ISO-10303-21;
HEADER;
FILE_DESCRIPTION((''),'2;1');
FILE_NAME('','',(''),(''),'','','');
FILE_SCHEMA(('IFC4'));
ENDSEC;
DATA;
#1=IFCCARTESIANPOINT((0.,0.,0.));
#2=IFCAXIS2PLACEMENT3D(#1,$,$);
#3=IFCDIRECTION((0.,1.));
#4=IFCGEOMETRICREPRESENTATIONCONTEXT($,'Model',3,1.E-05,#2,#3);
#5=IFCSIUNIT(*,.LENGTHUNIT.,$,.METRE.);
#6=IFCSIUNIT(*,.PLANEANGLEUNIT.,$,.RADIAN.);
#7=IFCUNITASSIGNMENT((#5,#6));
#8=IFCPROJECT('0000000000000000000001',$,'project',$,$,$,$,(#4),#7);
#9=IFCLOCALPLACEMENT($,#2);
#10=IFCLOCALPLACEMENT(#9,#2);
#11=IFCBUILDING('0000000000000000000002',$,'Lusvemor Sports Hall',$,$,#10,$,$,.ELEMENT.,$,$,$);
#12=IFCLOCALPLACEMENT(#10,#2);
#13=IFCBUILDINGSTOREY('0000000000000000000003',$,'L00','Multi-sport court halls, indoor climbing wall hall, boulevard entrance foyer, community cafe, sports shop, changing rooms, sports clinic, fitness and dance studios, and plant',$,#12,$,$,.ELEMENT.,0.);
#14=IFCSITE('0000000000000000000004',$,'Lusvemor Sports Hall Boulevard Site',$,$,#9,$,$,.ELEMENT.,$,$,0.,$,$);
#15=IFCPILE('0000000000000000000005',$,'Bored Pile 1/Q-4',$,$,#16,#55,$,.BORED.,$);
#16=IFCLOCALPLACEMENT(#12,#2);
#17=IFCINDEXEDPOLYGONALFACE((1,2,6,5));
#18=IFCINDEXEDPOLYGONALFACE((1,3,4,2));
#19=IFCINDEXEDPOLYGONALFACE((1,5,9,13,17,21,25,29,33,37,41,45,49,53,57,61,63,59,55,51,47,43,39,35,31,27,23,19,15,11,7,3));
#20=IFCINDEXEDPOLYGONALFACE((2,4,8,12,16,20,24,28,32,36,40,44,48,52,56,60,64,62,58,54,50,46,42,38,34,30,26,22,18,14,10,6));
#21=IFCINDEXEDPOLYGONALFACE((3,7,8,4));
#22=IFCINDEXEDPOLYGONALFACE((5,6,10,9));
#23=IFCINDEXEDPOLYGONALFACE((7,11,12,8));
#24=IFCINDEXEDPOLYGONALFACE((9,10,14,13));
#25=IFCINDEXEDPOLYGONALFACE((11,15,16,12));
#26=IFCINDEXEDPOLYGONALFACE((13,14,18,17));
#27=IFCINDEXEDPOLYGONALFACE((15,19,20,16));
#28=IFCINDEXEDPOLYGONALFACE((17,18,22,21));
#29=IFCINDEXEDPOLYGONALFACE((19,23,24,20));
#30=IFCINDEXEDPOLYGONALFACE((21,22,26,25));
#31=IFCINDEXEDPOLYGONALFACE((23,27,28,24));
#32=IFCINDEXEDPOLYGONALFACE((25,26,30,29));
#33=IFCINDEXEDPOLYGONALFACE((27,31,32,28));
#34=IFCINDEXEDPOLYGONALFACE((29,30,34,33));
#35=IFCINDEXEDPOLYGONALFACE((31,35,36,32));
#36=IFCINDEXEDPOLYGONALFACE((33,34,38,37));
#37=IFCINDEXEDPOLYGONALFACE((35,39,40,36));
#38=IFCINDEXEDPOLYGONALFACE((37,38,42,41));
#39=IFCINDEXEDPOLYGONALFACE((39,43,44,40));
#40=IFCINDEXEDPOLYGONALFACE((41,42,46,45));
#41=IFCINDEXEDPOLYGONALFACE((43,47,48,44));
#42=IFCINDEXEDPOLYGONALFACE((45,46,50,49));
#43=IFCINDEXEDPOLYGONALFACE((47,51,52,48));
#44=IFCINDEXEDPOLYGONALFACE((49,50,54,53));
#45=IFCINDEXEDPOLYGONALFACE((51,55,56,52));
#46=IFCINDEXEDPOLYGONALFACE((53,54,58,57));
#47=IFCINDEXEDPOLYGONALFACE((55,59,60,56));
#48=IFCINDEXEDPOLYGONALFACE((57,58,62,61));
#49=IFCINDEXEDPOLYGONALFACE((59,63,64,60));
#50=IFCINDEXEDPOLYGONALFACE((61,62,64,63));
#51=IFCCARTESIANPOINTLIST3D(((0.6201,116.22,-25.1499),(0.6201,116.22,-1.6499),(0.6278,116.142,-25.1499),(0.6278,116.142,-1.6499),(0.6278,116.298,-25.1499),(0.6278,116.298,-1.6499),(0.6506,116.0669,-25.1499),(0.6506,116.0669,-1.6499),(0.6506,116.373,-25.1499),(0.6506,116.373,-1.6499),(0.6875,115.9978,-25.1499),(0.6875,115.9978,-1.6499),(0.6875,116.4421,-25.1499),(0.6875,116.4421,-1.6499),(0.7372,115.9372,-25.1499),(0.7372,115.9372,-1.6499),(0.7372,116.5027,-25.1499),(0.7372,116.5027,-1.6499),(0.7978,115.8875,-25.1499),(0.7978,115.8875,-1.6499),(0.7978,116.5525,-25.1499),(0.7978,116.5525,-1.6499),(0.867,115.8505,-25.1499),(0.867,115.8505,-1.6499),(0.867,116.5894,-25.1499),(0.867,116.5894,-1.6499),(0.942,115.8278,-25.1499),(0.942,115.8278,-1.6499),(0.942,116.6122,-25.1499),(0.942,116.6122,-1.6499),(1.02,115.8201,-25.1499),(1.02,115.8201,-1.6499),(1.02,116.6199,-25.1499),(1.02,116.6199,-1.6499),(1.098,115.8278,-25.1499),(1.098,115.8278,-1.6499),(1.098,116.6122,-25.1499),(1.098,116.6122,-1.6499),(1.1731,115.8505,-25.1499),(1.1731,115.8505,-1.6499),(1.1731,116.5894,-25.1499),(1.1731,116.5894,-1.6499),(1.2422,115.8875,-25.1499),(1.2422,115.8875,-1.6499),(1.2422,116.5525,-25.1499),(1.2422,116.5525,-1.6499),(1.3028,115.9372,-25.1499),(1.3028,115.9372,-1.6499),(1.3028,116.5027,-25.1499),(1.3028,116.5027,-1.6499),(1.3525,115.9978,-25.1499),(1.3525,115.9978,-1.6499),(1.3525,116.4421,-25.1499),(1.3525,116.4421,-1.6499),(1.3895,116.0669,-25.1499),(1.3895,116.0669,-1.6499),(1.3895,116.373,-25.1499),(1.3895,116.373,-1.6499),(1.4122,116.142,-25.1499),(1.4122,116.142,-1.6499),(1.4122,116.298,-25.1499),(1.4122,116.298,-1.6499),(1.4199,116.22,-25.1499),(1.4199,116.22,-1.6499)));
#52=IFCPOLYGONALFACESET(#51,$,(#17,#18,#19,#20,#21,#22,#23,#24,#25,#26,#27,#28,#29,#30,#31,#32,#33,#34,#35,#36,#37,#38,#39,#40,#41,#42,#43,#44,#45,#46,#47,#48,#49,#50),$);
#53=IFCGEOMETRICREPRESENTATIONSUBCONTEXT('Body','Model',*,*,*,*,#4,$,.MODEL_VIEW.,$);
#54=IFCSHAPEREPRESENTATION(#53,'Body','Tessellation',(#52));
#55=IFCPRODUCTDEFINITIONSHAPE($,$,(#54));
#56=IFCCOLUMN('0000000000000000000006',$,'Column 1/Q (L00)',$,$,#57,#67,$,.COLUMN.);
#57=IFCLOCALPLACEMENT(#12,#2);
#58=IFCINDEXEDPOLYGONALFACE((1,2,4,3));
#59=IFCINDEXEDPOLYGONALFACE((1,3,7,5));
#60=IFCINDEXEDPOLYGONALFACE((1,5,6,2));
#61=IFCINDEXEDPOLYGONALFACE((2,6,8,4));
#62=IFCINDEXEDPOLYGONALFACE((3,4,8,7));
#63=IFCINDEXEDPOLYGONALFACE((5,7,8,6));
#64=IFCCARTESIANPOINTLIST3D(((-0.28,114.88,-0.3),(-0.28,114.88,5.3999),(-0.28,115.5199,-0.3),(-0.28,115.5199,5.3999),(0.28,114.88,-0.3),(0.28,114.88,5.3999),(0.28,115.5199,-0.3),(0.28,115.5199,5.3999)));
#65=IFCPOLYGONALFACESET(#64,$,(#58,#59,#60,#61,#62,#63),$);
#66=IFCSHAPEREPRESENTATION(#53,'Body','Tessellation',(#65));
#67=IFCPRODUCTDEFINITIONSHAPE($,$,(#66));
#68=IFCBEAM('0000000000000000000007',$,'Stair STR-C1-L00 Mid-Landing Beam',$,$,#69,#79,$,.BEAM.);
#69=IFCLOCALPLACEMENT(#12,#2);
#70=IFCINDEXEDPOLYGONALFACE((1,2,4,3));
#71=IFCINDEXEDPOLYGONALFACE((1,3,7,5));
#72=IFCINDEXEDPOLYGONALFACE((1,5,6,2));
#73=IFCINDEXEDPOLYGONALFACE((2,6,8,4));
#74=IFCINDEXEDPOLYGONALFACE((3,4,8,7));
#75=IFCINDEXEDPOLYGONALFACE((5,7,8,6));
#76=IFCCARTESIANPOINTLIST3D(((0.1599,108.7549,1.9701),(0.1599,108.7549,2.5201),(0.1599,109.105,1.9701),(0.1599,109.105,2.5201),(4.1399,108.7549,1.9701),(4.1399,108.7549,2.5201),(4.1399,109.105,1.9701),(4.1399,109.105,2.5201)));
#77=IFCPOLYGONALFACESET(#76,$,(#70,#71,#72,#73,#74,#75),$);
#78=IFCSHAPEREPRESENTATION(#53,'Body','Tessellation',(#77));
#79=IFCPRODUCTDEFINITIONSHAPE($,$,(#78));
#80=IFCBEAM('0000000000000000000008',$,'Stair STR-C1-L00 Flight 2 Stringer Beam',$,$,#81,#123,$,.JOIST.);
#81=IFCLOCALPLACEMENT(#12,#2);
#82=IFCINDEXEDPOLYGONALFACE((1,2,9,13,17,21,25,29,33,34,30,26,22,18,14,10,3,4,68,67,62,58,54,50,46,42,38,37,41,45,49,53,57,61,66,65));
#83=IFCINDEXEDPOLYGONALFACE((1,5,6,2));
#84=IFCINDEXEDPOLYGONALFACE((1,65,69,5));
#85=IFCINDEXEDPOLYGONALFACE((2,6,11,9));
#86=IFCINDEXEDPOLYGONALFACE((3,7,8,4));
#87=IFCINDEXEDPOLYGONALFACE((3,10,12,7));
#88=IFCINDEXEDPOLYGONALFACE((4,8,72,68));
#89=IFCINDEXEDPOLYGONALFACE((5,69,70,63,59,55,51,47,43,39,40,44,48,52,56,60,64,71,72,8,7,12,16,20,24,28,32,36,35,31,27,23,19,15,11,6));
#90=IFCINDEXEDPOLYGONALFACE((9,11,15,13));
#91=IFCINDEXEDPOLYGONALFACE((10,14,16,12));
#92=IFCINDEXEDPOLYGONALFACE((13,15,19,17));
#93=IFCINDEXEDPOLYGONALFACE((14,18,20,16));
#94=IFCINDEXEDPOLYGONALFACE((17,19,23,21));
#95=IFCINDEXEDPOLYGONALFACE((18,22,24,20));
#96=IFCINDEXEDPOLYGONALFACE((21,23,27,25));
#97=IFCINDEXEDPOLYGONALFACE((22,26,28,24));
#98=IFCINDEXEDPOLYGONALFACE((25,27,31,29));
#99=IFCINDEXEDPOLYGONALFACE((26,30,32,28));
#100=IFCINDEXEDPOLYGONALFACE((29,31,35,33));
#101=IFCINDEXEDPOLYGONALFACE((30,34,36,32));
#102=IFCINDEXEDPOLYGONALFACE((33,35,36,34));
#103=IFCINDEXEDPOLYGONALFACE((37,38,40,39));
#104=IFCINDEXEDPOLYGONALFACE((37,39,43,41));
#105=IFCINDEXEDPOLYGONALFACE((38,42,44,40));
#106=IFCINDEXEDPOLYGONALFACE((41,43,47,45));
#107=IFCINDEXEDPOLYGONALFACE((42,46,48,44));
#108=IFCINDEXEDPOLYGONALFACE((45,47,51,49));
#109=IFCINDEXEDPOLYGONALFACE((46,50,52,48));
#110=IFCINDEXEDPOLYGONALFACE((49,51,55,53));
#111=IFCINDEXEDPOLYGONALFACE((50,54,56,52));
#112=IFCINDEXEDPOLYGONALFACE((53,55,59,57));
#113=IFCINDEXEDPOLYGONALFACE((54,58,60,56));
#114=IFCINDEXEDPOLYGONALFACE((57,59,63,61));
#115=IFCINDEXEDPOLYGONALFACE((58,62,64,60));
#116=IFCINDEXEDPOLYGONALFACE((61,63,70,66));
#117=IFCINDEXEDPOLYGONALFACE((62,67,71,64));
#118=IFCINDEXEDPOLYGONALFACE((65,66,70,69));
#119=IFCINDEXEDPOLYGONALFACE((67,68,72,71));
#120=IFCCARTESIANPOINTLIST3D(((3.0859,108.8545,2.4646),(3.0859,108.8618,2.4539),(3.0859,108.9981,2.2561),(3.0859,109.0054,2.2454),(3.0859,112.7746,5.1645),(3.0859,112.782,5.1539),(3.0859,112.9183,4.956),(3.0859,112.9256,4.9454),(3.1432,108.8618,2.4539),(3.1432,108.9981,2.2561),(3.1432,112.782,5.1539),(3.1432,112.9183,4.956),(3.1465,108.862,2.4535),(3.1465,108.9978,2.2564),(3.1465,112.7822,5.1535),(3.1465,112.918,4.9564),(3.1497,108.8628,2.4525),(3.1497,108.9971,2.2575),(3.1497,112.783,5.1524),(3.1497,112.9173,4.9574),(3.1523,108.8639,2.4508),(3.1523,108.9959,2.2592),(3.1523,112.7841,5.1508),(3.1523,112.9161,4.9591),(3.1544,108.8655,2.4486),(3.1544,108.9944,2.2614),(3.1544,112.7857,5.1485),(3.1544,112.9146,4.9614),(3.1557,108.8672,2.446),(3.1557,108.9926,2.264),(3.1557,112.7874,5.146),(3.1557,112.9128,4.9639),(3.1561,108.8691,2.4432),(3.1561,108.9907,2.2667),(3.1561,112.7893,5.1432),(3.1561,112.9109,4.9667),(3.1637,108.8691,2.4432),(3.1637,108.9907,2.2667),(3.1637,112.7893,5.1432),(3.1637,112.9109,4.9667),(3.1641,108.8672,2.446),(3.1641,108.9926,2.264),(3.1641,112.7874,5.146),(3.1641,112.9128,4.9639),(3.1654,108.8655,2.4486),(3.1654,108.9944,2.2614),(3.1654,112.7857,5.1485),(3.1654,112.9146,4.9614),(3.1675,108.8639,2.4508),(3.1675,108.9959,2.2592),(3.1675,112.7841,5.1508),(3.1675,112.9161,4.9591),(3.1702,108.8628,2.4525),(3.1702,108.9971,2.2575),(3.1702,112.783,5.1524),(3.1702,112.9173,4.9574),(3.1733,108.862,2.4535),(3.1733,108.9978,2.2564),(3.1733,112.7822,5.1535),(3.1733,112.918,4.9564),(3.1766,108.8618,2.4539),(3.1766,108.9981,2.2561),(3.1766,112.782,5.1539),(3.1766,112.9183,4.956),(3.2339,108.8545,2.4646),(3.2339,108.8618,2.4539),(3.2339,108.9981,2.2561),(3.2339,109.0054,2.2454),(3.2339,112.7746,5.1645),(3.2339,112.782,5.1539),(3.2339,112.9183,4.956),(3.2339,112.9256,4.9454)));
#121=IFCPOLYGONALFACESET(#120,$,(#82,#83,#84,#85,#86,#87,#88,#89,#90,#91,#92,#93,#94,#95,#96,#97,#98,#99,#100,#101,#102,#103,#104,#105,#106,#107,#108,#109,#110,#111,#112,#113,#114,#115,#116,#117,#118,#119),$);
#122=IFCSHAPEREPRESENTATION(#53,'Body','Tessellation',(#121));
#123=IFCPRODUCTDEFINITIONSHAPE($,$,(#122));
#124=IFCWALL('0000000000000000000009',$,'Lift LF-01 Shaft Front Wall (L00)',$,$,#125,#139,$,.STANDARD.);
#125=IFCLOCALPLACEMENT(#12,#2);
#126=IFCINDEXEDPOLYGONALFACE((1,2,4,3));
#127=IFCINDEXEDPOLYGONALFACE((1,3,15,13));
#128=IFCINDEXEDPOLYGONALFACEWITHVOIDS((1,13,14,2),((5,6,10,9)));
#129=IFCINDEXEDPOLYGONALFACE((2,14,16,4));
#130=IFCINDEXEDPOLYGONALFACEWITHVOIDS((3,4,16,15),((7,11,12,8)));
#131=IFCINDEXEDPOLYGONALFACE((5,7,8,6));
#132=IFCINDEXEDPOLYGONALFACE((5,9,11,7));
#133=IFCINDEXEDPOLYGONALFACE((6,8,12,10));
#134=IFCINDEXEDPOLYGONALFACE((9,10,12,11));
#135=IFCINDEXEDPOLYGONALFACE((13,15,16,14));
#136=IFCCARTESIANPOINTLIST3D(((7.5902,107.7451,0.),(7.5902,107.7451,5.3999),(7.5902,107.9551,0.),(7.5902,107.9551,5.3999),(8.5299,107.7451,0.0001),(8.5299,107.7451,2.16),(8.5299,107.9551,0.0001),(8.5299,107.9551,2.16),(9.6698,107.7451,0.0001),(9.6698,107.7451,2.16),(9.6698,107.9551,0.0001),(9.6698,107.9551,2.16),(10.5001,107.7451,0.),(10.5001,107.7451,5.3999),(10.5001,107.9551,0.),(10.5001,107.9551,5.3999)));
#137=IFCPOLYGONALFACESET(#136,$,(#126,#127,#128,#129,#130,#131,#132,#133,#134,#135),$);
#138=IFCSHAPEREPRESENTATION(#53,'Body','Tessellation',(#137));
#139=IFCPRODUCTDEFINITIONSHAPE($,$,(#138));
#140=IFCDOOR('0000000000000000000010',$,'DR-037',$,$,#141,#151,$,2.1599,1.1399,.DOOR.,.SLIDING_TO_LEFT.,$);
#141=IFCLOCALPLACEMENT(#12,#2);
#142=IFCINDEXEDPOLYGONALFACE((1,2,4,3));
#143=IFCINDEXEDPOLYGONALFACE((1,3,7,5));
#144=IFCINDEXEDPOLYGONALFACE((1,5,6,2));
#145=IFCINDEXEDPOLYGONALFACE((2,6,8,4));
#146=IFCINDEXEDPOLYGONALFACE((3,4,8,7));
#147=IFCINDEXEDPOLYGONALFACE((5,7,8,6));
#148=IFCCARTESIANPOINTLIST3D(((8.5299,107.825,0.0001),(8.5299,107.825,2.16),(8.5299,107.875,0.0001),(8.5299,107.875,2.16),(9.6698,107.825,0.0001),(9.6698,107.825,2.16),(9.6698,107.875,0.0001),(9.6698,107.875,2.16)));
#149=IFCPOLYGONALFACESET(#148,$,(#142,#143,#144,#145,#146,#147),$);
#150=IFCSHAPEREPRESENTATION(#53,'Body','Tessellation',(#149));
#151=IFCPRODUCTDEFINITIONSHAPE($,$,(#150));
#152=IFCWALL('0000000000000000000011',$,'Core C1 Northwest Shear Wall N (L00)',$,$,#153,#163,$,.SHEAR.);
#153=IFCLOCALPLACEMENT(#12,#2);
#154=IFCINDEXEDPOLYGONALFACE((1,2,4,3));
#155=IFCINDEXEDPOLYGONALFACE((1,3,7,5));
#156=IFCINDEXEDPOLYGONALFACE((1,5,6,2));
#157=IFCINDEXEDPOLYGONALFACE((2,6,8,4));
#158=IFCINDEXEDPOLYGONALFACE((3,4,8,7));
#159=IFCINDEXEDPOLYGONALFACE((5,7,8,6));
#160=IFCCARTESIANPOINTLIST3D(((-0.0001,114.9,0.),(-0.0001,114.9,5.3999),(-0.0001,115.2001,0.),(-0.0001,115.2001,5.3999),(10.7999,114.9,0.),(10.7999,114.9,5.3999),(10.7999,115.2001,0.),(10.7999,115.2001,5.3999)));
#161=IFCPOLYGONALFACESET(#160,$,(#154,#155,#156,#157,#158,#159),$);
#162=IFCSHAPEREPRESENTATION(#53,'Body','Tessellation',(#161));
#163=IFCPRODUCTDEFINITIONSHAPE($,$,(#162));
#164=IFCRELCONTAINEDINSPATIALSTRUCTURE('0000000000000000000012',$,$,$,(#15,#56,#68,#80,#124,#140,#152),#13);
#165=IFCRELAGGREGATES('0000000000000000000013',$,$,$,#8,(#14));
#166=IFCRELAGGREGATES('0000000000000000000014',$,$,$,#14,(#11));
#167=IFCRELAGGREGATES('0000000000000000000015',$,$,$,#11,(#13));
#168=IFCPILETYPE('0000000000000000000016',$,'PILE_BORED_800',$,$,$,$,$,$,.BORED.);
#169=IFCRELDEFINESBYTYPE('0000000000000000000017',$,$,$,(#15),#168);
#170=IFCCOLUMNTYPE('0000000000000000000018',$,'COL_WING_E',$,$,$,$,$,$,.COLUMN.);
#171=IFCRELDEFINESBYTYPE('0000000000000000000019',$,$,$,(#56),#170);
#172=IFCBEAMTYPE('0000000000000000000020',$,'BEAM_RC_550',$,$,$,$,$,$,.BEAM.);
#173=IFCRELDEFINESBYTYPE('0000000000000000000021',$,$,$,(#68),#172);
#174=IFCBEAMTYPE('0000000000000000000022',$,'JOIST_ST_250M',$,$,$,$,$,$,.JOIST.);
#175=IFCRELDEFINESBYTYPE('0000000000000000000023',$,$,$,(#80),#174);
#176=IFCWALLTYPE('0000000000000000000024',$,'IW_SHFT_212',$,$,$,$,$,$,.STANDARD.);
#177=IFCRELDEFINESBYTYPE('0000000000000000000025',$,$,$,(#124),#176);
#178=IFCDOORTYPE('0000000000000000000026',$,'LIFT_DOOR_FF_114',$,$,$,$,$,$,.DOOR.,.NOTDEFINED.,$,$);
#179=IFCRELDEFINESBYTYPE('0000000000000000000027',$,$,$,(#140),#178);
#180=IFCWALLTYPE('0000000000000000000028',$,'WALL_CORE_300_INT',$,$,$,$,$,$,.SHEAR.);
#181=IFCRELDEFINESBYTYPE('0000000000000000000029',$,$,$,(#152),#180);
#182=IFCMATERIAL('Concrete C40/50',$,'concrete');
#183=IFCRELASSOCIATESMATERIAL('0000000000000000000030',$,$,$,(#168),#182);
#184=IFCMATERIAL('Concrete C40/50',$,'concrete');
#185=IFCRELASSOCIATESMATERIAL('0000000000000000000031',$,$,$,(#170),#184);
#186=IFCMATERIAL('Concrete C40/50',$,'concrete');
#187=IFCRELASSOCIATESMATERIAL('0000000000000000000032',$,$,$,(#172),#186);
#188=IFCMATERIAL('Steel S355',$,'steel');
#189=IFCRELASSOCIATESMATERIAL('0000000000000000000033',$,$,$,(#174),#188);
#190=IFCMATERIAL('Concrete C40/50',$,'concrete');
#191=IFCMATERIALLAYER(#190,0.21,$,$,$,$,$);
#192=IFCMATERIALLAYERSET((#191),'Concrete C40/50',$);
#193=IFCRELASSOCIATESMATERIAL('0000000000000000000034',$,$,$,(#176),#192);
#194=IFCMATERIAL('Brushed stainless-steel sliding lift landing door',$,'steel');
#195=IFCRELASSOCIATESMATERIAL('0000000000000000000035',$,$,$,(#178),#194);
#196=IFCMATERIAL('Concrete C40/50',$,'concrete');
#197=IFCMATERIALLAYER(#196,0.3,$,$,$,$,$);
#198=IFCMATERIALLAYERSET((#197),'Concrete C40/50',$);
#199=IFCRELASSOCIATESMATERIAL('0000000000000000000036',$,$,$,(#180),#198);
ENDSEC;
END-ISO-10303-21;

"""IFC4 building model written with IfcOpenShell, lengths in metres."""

from ifc_helpers import new_model, si_unit, direction, frame, frame_2d, origin, origin_2d, place, context, subcontext, project, spatial, rectangle, circle, i_section, extrude, material, layer, layer_set, material_profile, profile_set, type_object, element, fill, save


model = new_model("IFC4")

# Units and contexts
model_context = context("Model", 3, precision=1e-05, world=origin(), true_north=direction((0.0, 1.0)))
body_context = subcontext(model_context, "Body", "Model", "MODEL_VIEW")
ifc_project = project(units=[si_unit("LENGTHUNIT", "METRE"), si_unit("PLANEANGLEUNIT", "RADIAN")], contexts=[model_context])

# Site, building, storey
site_placement = place(None, origin())
site = spatial("IfcSite", under=ifc_project, at=site_placement, Name="Lusvemor Sports Hall Boulevard Site", CompositionType="ELEMENT", RefElevation=0.0)
building_placement = place(site_placement, origin())
building = spatial("IfcBuilding", under=site, at=building_placement, Name="Lusvemor Sports Hall", CompositionType="ELEMENT")
storey_placement = place(building_placement, origin())
storey = spatial("IfcBuildingStorey", under=building, at=storey_placement, Name="L00", Description="Multi-sport court halls, indoor climbing wall hall, boulevard entrance foyer, community cafe, sports shop, changing rooms, sports clinic, fitness and dance studios, and plant", CompositionType="ELEMENT", Elevation=0.0)

# Pile
ifc_material_1 = material(Name="Concrete C40/50", Category="concrete")
ifc_material_profile_1 = material_profile(ifc_material_1, circle(Radius=0.3999, at=origin_2d()), Name="PILE800")
ifc_profile_set_1 = profile_set([ifc_material_profile_1], Name="Concrete C40/50")
pile_type = type_object("IfcPileType", Name="PILE_BORED_800", PredefinedType="BORED", material=ifc_profile_set_1)
for number, where, z_axis, x_axis, name in (
    (1, (1.02, 116.22, -1.6499), (0.0, 0.0, -1.0), (1.0, 0.0, 0.0), "Bored Pile 1/Q-4"),
):
    element("IfcPile", number, at=place(storey_placement, frame(where, z_axis=z_axis, x_axis=x_axis)), inside=storey, type_object=pile_type, Name=name, PredefinedType="BORED", context=body_context, shape_type="SweptSolid", body=[
        extrude(circle(Radius=0.3999, at=origin_2d()), origin(), (0.0, 0.0, 1.0), 23.5),
    ])

# Column
ifc_material_2 = material(Name="Concrete C40/50", Category="concrete")
ifc_material_profile_2 = material_profile(ifc_material_2, rectangle(XDim=0.5601, YDim=0.6399, at=origin_2d()), Name="RC560x640")
ifc_profile_set_2 = profile_set([ifc_material_profile_2], Name="Concrete C40/50")
column_type = type_object("IfcColumnType", Name="COL_WING_E", PredefinedType="COLUMN", material=ifc_profile_set_2)
column_placement = place(storey_placement, frame((0.0, 115.2, -0.3), z_axis=(0.0, 0.0, 1.0), x_axis=(1.0, 0.0, 0.0)))
element("IfcColumn", 2, at=column_placement, inside=storey, type_object=column_type, Name="Column 1/Q (L00)", PredefinedType="COLUMN", context=body_context, shape_type="SweptSolid", body=[
    extrude(rectangle(XDim=0.5601, YDim=0.6399, at=origin_2d()), origin(), (0.0, 0.0, 1.0), 5.7),
])

# Beams
ifc_material_3 = material(Name="Concrete C40/50", Category="concrete")
ifc_material_profile_3 = material_profile(ifc_material_3, rectangle(XDim=0.3501, YDim=0.55, at=origin_2d()), Name="RC350x550")
ifc_profile_set_3 = profile_set([ifc_material_profile_3], Name="Concrete C40/50")
beam_type_1 = type_object("IfcBeamType", Name="BEAM_RC_550", PredefinedType="BEAM", material=ifc_profile_set_3)
beam_1_placement = place(storey_placement, frame((0.1599, 108.9299, 2.2451), z_axis=(1.0, 0.0, 0.0), x_axis=(0.0, 1.0, 0.0)))
element("IfcBeam", 3, at=beam_1_placement, inside=storey, type_object=beam_type_1, Name="Stair STR-C1-L00 Mid-Landing Beam", PredefinedType="BEAM", context=body_context, shape_type="SweptSolid", body=[
    extrude(rectangle(XDim=0.3501, YDim=0.55, at=origin_2d()), origin(), (0.0, 0.0, 1.0), 3.98),
])
ifc_material_4 = material(Name="Steel S355", Category="steel")
ifc_material_profile_4 = material_profile(ifc_material_4, i_section(OverallWidth=0.1479, OverallDepth=0.2661, WebThickness=0.0076, FlangeThickness=0.0129, FilletRadius=0.0129, at=origin_2d()), Name="W250x44.8")
ifc_profile_set_4 = profile_set([ifc_material_profile_4], Name="Steel S355")
beam_type_2 = type_object("IfcBeamType", Name="JOIST_ST_250M", PredefinedType="JOIST", material=ifc_profile_set_4)
beam_2_placement = place(storey_placement, frame((3.1599, 108.9299, 2.355), z_axis=(0.0, 0.823567, 0.567219), x_axis=(-1.0, 0.0, 0.0)))
element("IfcBeam", 4, at=beam_2_placement, inside=storey, type_object=beam_type_2, Name="Stair STR-C1-L00 Flight 2 Stringer Beam", PredefinedType="JOIST", context=body_context, shape_type="SweptSolid", body=[
    extrude(i_section(OverallWidth=0.1479, OverallDepth=0.2661, WebThickness=0.0076, FlangeThickness=0.0129, FilletRadius=0.0129, at=origin_2d()), origin(), (0.0, 0.0, 1.0), 4.76),
])

# Wall, opening, door
ifc_material_5 = material(Name="Concrete C40/50", Category="concrete")
ifc_layer_1 = layer(ifc_material_5, 0.21)
ifc_layer_set_1 = layer_set([ifc_layer_1], Name="Concrete C40/50")
wall_type_1 = type_object("IfcWallType", Name="IW_SHFT_212", PredefinedType="STANDARD", material=ifc_layer_set_1)
wall_1_placement = place(storey_placement, frame((7.5901, 107.8501, 0.0), z_axis=(0.0, 0.0, 1.0), x_axis=(1.0, 0.0, 0.0)))
wall_1 = element("IfcWall", 5, at=wall_1_placement, inside=storey, type_object=wall_type_1, Name="Lift LF-01 Shaft Front Wall (L00)", PredefinedType="STANDARD", context=body_context, shape_type="SweptSolid", body=[
    extrude(rectangle(XDim=2.9099, YDim=0.21, at=frame_2d((1.4551, 0.0))), origin(), (0.0, 0.0, 1.0), 5.3999),
])
opening_placement = place(wall_1_placement, frame((0.9399, 0.0, 0.0)))
opening = element("IfcOpeningElement", 6, at=opening_placement, cuts=wall_1, PredefinedType="OPENING", context=body_context, shape_type="SweptSolid", body=[
    extrude(rectangle(XDim=1.1399, YDim=2.1599, at=frame_2d((0.5698, 1.0801))), frame((0.0, 0.105, 0.0), z_axis=(0.0, -1.0, 0.0), x_axis=(1.0, 0.0, 0.0)), (0.0, 0.0, 1.0), 0.21),
])
ifc_material_6 = material(Name="Brushed stainless-steel sliding lift landing door", Category="steel")
door_type = type_object("IfcDoorType", Name="LIFT_DOOR_FF_114", OperationType="NOTDEFINED", PredefinedType="DOOR", material=ifc_material_6)
door_placement = place(opening_placement, origin())
door = element("IfcDoor", 7, at=door_placement, inside=storey, type_object=door_type, Name="DR-037", OperationType="SLIDING_TO_LEFT", OverallHeight=2.1599, OverallWidth=1.1399, PredefinedType="DOOR", context=body_context, shape_type="SweptSolid", body=[
    extrude(rectangle(XDim=1.1399, YDim=2.1599, at=frame_2d((0.5698, 1.0801))), frame((0.0, 0.0249, 0.0), z_axis=(0.0, -1.0, 0.0), x_axis=(1.0, 0.0, 0.0)), (0.0, 0.0, 1.0), 0.05),
])
fill(opening, door)

# Wall
ifc_material_7 = material(Name="Concrete C40/50", Category="concrete")
ifc_layer_2 = layer(ifc_material_7, 0.3)
ifc_layer_set_2 = layer_set([ifc_layer_2], Name="Concrete C40/50")
wall_type_2 = type_object("IfcWallType", Name="WALL_CORE_300_INT", PredefinedType="SHEAR", material=ifc_layer_set_2)
wall_2_placement = place(storey_placement, frame((0.0, 115.05, 0.0), z_axis=(0.0, 0.0, 1.0), x_axis=(1.0, 0.0, 0.0)))
element("IfcWall", 8, at=wall_2_placement, inside=storey, type_object=wall_type_2, Name="Core C1 Northwest Shear Wall N (L00)", PredefinedType="SHEAR", context=body_context, shape_type="SweptSolid", body=[
    extrude(rectangle(XDim=10.8, YDim=0.3, at=frame_2d((5.3999, 0.0))), origin(), (0.0, 0.0, 1.0), 5.3999),
])

save(model, "model.ifc")
